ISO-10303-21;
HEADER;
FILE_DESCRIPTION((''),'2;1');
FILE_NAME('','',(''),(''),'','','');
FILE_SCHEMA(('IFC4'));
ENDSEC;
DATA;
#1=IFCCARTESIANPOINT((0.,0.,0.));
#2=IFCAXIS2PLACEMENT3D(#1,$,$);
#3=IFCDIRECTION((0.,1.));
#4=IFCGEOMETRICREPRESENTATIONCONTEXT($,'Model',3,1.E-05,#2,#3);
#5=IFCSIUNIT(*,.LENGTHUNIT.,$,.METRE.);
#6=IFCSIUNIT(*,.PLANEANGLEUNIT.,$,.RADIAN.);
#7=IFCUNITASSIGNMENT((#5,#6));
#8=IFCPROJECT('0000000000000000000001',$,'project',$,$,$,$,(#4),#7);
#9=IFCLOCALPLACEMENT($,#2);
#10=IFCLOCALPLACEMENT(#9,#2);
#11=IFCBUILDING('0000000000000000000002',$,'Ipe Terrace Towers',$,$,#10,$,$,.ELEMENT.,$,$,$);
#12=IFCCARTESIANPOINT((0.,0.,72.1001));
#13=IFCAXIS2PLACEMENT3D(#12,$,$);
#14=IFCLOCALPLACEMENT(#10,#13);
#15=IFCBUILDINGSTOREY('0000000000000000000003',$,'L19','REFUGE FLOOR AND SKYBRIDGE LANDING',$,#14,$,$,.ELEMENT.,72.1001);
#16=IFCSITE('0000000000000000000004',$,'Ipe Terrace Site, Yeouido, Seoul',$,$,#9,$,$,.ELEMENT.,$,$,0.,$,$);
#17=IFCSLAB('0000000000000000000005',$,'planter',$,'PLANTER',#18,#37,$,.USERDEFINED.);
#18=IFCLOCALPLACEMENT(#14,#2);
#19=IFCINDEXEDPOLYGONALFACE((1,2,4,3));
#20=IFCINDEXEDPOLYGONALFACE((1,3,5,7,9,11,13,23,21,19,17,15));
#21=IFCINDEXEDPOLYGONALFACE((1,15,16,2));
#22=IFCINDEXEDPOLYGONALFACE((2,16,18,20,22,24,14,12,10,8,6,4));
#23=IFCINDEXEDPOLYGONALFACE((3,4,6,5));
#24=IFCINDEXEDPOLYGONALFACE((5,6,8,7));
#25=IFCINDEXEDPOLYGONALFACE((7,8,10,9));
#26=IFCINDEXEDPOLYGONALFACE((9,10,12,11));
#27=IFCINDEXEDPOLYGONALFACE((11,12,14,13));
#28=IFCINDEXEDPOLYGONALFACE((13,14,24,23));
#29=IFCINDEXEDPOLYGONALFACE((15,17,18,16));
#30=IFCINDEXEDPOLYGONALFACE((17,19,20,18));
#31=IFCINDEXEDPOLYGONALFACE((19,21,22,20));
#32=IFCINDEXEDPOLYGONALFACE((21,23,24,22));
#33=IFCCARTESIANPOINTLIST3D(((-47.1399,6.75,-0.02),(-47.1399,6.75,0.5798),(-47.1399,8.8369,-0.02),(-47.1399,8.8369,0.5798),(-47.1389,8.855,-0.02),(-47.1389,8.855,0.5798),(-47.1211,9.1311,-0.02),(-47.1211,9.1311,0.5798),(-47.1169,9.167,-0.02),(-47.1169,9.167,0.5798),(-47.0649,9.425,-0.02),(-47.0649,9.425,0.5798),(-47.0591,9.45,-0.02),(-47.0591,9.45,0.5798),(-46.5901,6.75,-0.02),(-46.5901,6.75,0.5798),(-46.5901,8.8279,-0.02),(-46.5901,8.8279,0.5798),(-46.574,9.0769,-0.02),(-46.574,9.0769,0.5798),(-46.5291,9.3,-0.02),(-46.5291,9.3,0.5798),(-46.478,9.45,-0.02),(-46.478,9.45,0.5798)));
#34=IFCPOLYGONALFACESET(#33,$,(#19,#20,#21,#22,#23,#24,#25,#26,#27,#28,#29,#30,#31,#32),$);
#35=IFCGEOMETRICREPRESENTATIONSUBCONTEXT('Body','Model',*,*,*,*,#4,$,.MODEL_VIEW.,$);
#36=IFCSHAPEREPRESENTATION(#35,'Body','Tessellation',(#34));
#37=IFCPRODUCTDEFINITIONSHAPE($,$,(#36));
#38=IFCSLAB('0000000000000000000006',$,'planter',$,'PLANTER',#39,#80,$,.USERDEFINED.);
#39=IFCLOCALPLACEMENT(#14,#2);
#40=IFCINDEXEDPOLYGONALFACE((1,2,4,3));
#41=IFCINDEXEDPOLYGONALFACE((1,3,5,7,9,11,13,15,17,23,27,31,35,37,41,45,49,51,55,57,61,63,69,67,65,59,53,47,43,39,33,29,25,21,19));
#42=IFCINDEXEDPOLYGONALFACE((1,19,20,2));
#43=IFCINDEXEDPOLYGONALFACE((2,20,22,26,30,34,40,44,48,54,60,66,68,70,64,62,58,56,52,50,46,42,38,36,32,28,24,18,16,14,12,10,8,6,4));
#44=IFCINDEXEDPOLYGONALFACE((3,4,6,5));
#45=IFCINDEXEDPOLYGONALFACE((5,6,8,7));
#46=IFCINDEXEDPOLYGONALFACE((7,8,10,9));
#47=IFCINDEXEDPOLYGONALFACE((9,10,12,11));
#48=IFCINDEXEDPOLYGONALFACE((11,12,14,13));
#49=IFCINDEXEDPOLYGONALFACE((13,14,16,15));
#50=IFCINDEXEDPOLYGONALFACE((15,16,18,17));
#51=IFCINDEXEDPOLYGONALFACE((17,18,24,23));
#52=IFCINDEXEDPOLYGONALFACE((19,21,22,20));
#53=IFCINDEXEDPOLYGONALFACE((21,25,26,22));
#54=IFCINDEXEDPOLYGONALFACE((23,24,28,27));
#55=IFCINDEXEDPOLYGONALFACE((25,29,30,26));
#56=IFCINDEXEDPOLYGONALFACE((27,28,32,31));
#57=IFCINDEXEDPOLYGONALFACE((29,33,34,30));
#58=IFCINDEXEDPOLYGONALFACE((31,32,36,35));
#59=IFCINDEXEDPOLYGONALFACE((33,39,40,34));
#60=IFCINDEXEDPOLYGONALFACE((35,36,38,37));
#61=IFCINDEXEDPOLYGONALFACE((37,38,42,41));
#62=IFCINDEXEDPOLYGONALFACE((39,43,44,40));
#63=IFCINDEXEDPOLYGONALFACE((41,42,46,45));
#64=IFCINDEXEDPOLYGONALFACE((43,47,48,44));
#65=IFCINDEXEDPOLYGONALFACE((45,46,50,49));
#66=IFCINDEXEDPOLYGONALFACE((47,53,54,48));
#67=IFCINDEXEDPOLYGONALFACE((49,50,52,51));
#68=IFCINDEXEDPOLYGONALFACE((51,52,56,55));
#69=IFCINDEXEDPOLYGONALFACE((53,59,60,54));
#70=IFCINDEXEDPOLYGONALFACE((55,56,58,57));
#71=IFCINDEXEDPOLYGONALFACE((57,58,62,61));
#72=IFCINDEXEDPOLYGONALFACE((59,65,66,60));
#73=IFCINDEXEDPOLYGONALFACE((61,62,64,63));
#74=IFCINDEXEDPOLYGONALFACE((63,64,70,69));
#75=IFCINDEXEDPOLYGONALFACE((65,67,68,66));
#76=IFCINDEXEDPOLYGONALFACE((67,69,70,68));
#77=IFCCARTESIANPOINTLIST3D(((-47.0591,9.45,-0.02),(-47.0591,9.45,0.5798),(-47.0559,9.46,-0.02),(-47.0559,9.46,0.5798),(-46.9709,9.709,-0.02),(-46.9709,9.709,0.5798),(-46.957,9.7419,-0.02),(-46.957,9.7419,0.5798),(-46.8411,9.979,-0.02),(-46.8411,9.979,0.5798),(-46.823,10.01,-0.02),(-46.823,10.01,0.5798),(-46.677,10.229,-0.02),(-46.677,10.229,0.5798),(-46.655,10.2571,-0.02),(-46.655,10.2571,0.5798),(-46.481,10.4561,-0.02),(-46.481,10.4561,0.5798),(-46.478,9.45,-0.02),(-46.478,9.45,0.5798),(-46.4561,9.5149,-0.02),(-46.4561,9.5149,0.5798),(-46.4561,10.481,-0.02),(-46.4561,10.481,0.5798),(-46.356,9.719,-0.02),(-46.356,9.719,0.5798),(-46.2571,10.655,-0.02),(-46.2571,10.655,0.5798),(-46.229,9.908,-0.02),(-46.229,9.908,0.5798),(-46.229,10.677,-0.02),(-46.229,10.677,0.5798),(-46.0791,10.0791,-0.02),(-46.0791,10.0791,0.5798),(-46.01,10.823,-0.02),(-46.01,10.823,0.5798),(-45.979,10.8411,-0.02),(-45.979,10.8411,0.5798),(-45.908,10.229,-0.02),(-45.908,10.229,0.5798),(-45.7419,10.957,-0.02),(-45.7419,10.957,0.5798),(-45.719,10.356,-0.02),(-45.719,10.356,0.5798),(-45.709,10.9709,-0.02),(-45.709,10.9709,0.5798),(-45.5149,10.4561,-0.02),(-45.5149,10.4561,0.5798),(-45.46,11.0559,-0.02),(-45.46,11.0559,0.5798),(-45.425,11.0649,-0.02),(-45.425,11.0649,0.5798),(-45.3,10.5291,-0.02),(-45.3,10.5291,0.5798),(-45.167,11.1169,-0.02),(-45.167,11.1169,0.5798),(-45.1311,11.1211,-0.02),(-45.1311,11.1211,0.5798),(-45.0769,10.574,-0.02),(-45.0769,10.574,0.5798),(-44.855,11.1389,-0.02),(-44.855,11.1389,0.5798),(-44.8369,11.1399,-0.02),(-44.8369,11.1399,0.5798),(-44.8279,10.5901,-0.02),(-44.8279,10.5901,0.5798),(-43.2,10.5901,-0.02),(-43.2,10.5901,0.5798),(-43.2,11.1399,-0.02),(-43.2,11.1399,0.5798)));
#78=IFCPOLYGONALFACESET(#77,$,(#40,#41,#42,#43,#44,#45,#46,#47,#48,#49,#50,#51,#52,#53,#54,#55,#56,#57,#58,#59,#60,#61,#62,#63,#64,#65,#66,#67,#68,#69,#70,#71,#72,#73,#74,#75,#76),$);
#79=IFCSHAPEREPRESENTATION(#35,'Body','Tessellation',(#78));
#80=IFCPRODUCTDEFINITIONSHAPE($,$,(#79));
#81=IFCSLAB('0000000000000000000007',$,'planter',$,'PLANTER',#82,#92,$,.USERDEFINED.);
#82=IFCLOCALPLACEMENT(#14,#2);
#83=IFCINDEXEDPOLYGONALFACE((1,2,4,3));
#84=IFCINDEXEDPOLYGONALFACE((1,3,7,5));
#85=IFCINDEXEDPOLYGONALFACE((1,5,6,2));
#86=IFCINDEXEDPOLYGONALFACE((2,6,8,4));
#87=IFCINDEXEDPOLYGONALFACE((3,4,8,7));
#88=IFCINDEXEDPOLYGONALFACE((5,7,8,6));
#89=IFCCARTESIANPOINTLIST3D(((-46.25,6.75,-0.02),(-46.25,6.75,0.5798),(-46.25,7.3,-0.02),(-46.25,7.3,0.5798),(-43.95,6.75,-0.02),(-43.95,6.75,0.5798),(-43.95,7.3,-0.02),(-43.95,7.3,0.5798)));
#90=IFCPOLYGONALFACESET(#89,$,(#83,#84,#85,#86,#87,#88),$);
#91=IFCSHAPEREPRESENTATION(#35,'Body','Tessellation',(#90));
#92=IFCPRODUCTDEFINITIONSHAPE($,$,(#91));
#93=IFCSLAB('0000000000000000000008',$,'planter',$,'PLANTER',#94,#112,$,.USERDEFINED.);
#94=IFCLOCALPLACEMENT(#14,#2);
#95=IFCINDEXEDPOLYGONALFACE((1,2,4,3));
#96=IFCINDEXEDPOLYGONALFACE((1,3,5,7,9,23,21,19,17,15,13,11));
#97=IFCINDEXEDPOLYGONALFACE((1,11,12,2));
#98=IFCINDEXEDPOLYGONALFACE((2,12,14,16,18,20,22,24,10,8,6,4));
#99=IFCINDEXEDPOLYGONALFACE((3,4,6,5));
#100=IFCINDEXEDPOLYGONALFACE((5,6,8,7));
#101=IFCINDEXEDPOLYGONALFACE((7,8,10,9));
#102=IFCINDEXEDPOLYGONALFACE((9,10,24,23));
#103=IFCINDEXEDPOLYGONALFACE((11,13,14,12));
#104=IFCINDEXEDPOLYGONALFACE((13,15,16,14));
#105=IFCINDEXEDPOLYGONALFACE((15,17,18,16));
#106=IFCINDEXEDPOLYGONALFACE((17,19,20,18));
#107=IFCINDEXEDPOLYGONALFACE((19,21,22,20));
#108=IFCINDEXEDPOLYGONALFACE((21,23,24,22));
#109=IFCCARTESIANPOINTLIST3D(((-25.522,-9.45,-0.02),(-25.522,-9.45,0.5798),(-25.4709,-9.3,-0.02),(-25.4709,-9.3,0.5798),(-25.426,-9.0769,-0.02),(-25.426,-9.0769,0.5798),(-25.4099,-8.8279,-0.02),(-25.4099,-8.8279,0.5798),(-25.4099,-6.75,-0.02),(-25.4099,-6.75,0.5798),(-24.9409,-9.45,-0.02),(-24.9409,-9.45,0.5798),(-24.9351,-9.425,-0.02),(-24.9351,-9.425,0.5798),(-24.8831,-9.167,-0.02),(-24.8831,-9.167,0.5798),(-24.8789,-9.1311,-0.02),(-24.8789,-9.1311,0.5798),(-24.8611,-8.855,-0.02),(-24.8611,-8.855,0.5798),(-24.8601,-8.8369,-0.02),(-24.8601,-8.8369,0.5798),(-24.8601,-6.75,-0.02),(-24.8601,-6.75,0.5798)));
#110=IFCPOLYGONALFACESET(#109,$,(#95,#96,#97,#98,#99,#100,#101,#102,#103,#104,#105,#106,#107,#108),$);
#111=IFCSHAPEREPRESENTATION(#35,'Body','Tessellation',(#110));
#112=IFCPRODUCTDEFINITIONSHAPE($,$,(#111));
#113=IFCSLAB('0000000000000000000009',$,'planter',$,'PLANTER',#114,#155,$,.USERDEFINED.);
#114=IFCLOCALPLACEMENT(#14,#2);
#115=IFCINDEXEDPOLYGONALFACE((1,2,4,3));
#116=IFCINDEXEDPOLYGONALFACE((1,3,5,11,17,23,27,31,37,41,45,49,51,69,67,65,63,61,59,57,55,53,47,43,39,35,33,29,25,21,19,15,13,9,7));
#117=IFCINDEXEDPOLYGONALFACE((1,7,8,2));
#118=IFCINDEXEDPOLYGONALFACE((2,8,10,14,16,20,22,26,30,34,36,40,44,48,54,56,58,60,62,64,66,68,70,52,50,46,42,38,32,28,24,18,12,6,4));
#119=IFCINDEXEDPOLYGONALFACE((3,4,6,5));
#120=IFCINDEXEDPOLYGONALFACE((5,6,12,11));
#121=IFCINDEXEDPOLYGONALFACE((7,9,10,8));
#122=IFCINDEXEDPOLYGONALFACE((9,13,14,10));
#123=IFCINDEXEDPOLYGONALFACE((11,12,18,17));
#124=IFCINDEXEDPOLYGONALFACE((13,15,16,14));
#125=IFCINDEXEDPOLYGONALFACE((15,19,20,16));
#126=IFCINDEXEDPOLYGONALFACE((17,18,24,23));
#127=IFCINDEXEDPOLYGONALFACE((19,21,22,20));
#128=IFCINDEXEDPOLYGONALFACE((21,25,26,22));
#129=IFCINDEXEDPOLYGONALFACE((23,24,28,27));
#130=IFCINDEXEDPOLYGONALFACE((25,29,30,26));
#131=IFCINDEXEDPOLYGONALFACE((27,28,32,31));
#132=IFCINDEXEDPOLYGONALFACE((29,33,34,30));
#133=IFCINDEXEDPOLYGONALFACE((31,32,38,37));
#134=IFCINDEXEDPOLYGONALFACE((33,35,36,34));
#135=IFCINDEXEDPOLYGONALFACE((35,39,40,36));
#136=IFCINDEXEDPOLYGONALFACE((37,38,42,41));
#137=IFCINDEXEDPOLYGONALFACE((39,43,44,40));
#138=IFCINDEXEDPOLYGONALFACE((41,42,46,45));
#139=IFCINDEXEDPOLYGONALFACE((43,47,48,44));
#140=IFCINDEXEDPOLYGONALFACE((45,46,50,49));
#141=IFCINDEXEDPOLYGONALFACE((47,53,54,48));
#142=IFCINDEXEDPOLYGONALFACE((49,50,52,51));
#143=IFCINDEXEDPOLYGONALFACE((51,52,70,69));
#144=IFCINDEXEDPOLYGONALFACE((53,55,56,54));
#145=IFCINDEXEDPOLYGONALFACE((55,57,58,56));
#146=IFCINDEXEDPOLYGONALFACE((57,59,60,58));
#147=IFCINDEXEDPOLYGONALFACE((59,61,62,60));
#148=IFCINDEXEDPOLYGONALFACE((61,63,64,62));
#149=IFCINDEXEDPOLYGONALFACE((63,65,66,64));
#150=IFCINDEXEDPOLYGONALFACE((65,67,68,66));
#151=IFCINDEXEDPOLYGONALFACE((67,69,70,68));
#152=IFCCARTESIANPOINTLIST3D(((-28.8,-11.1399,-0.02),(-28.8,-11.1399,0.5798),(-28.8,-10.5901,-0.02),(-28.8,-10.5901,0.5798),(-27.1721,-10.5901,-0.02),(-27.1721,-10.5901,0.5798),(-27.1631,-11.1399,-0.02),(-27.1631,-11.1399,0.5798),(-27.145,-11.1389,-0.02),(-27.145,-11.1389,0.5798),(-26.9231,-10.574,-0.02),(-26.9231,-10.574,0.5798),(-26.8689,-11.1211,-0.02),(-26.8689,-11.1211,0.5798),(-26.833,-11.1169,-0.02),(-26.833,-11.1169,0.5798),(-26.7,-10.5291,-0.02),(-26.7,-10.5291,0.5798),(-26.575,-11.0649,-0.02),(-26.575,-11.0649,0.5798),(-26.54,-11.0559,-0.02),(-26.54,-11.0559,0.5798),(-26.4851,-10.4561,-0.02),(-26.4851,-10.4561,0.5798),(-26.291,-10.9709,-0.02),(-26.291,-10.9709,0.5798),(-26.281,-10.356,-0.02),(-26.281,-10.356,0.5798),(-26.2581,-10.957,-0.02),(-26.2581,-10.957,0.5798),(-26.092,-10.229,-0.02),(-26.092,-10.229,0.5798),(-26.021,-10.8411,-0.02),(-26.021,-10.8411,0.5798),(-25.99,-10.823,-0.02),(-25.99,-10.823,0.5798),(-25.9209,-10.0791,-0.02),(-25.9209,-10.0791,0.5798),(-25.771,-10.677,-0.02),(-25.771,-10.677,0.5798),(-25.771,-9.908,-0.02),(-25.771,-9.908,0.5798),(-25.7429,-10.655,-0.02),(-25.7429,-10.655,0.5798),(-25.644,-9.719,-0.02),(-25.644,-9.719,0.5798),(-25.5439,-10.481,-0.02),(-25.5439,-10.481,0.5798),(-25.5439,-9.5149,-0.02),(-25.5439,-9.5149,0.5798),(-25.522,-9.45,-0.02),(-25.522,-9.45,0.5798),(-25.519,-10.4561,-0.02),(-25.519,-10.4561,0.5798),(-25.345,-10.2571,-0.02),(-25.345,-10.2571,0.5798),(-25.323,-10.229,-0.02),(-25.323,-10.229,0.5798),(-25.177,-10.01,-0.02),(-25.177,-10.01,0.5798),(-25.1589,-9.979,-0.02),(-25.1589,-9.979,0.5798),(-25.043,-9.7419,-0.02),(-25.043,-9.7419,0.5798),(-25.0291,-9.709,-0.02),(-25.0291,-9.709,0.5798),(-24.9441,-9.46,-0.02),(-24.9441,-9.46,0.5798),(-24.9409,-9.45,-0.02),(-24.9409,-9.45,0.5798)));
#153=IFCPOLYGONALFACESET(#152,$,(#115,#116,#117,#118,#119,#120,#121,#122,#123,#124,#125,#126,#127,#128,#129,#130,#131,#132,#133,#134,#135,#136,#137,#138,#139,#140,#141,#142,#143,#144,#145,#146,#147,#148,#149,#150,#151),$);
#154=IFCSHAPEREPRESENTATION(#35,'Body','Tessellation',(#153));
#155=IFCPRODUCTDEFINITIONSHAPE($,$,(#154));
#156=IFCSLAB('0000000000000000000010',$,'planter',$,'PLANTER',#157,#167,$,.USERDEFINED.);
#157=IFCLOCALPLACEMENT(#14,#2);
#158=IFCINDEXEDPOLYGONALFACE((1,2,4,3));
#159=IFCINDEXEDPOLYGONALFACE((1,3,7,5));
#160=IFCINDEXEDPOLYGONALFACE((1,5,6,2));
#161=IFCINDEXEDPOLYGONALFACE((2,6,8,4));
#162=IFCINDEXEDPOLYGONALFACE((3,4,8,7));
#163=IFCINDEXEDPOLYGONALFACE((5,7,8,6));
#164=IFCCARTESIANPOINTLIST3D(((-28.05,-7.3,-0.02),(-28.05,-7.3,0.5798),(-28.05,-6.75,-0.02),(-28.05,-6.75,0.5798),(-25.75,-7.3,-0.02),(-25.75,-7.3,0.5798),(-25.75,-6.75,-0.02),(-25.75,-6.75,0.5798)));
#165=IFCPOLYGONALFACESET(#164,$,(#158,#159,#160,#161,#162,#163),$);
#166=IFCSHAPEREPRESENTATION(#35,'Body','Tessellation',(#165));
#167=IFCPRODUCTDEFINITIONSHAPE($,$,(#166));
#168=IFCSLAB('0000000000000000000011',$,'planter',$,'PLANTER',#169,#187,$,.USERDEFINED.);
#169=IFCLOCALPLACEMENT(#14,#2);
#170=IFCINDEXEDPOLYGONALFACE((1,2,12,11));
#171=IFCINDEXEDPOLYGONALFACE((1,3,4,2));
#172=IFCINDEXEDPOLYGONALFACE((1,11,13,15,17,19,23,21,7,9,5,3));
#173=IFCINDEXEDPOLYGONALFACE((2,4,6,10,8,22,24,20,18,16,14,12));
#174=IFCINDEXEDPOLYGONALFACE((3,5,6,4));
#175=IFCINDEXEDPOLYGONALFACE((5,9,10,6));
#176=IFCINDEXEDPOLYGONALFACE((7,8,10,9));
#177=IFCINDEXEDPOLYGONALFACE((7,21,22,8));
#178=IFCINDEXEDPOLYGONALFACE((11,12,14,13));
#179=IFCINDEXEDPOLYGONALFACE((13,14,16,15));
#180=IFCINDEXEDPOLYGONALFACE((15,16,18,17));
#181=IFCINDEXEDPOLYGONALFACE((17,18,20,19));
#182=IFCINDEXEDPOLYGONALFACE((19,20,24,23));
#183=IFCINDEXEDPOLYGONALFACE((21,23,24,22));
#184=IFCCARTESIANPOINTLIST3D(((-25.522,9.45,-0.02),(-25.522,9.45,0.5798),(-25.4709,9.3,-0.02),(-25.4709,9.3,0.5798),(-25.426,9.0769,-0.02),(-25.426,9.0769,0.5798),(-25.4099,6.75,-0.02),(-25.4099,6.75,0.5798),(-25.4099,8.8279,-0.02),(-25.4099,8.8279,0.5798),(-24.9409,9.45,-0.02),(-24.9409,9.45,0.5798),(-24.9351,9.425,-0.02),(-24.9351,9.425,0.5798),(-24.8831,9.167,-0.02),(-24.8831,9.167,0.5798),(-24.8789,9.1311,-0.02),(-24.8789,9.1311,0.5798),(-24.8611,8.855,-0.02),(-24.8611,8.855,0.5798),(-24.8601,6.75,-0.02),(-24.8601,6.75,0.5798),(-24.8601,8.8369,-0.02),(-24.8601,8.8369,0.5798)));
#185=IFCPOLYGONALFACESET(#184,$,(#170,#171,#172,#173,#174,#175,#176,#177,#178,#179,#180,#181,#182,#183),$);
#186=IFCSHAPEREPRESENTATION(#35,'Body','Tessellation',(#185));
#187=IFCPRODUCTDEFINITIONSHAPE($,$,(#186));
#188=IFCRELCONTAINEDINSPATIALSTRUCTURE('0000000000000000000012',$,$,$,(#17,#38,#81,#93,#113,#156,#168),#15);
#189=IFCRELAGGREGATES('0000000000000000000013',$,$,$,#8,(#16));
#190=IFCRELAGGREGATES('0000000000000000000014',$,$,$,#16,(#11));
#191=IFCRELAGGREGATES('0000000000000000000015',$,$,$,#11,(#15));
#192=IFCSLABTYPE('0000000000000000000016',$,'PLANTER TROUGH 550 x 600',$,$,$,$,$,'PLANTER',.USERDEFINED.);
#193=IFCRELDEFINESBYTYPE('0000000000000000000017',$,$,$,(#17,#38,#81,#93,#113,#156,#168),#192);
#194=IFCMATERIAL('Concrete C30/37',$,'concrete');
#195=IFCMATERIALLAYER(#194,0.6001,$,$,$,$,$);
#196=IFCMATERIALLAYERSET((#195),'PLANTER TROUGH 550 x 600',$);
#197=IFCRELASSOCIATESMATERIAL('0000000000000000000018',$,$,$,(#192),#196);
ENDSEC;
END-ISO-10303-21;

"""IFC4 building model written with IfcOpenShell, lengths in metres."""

from ifc_helpers import new_model, si_unit, direction, frame, origin, place, context, subcontext, project, spatial, polyline, outline, extrude, material, layer, layer_set, type_object, element, save


model = new_model("IFC4")

# Units and contexts
model_context = context("Model", 3, precision=1e-05, world=origin(), true_north=direction((0.0, 1.0)))
body_context = subcontext(model_context, "Body", "Model", "MODEL_VIEW")
ifc_project = project(units=[si_unit("LENGTHUNIT", "METRE"), si_unit("PLANEANGLEUNIT", "RADIAN")], contexts=[model_context])

# Site, building, storey
site_placement = place(None, origin())
site = spatial("IfcSite", under=ifc_project, at=site_placement, Name="Ipe Terrace Site, Yeouido, Seoul", CompositionType="ELEMENT", RefElevation=0.0)
building_placement = place(site_placement, origin())
building = spatial("IfcBuilding", under=site, at=building_placement, Name="Ipe Terrace Towers", CompositionType="ELEMENT")
storey_placement = place(building_placement, frame((0.0, 0.0, 72.1001)))
storey = spatial("IfcBuildingStorey", under=building, at=storey_placement, Name="L19", Description="REFUGE FLOOR AND SKYBRIDGE LANDING", CompositionType="ELEMENT", Elevation=72.1001)

# Slabs
ifc_material_1 = material(Name="Concrete C30/37", Category="concrete")
ifc_layer_1 = layer(ifc_material_1, 0.6001)
ifc_layer_set_1 = layer_set([ifc_layer_1], Name="PLANTER TROUGH 550 x 600")
slab_type_1 = type_object("IfcSlabType", Name="PLANTER TROUGH 550 x 600", ElementType="PLANTER", PredefinedType="USERDEFINED", material=ifc_layer_set_1)
slab_1_placement = place(storey_placement, frame((0.0, 0.0, -0.02)))
element("IfcSlab", 1, at=slab_1_placement, inside=storey, type_object=slab_type_1, Name="planter", ObjectType="PLANTER", PredefinedType="USERDEFINED", context=body_context, shape_type="SweptSolid", body=[
    extrude(outline(polyline([(-46.5291, 9.3), (-46.478, 9.45), (-47.0591, 9.45), (-47.0649, 9.425), (-47.1169, 9.167), (-47.1211, 9.1311), (-47.1389, 8.855), (-47.1399, 8.8369), (-47.1399, 6.75), (-46.5901, 6.75), (-46.5901, 8.8279), (-46.574, 9.0769), (-46.5291, 9.3)])), origin(), (0.0, 0.0, 1.0), 0.5999),
])
slab_2_placement = place(storey_placement, frame((0.0, 0.0, -0.02)))
element("IfcSlab", 2, at=slab_2_placement, inside=storey, type_object=slab_type_1, Name="planter", ObjectType="PLANTER", PredefinedType="USERDEFINED", context=body_context, shape_type="SweptSolid", body=[
    extrude(outline(polyline([(-46.4561, 9.5149), (-46.356, 9.719), (-46.229, 9.908), (-46.0791, 10.0791), (-45.908, 10.229), (-45.719, 10.356), (-45.5149, 10.4561), (-45.3, 10.5291), (-45.0769, 10.574), (-44.8279, 10.5901), (-43.2, 10.5901), (-43.2, 11.1399), (-44.8369, 11.1399), (-44.855, 11.1389), (-45.1311, 11.1211), (-45.167, 11.1169), (-45.425, 11.0649), (-45.46, 11.0559), (-45.709, 10.9709), (-45.7419, 10.957), (-45.979, 10.8411), (-46.01, 10.823), (-46.229, 10.677), (-46.2571, 10.655), (-46.4561, 10.481), (-46.481, 10.4561), (-46.655, 10.2571), (-46.677, 10.229), (-46.823, 10.01), (-46.8411, 9.979), (-46.957, 9.7419), (-46.9709, 9.709), (-47.0559, 9.46), (-47.0591, 9.45), (-46.478, 9.45), (-46.4561, 9.5149)])), origin(), (0.0, 0.0, 1.0), 0.5999),
])
slab_3_placement = place(storey_placement, frame((0.0, 0.0, -0.02)))
element("IfcSlab", 3, at=slab_3_placement, inside=storey, type_object=slab_type_1, Name="planter", ObjectType="PLANTER", PredefinedType="USERDEFINED", context=body_context, shape_type="SweptSolid", body=[
    extrude(outline(polyline([(-43.95, 6.75), (-43.95, 7.3), (-46.25, 7.3), (-46.25, 6.75), (-43.95, 6.75)])), origin(), (0.0, 0.0, 1.0), 0.5999),
])
slab_4_placement = place(storey_placement, frame((0.0, 0.0, -0.02)))
element("IfcSlab", 4, at=slab_4_placement, inside=storey, type_object=slab_type_1, Name="planter", ObjectType="PLANTER", PredefinedType="USERDEFINED", context=body_context, shape_type="SweptSolid", body=[
    extrude(outline(polyline([(-25.4709, -9.3), (-25.522, -9.45), (-24.9409, -9.45), (-24.9351, -9.425), (-24.8831, -9.167), (-24.8789, -9.1311), (-24.8611, -8.855), (-24.8601, -8.8369), (-24.8601, -6.75), (-25.4099, -6.75), (-25.4099, -8.8279), (-25.426, -9.0769), (-25.4709, -9.3)])), origin(), (0.0, 0.0, 1.0), 0.5999),
])
slab_5_placement = place(storey_placement, frame((0.0, 0.0, -0.02)))
element("IfcSlab", 5, at=slab_5_placement, inside=storey, type_object=slab_type_1, Name="planter", ObjectType="PLANTER", PredefinedType="USERDEFINED", context=body_context, shape_type="SweptSolid", body=[
    extrude(outline(polyline([(-25.5439, -9.5149), (-25.644, -9.719), (-25.771, -9.908), (-25.9209, -10.0791), (-26.092, -10.229), (-26.281, -10.356), (-26.4851, -10.4561), (-26.7, -10.5291), (-26.9231, -10.574), (-27.1721, -10.5901), (-28.8, -10.5901), (-28.8, -11.1399), (-27.1631, -11.1399), (-27.145, -11.1389), (-26.8689, -11.1211), (-26.833, -11.1169), (-26.575, -11.0649), (-26.54, -11.0559), (-26.291, -10.9709), (-26.2581, -10.957), (-26.021, -10.8411), (-25.99, -10.823), (-25.771, -10.677), (-25.7429, -10.655), (-25.5439, -10.481), (-25.519, -10.4561), (-25.345, -10.2571), (-25.323, -10.229), (-25.177, -10.01), (-25.1589, -9.979), (-25.043, -9.7419), (-25.0291, -9.709), (-24.9441, -9.46), (-24.9409, -9.45), (-25.522, -9.45), (-25.5439, -9.5149)])), origin(), (0.0, 0.0, 1.0), 0.5999),
])
slab_6_placement = place(storey_placement, frame((0.0, 0.0, -0.02)))
element("IfcSlab", 6, at=slab_6_placement, inside=storey, type_object=slab_type_1, Name="planter", ObjectType="PLANTER", PredefinedType="USERDEFINED", context=body_context, shape_type="SweptSolid", body=[
    extrude(outline(polyline([(-28.05, -6.75), (-28.05, -7.3), (-25.75, -7.3), (-25.75, -6.75), (-28.05, -6.75)])), origin(), (0.0, 0.0, 1.0), 0.5999),
])
slab_7_placement = place(storey_placement, frame((0.0, 0.0, -0.02)))
element("IfcSlab", 7, at=slab_7_placement, inside=storey, type_object=slab_type_1, Name="planter", ObjectType="PLANTER", PredefinedType="USERDEFINED", context=body_context, shape_type="SweptSolid", body=[
    extrude(outline(polyline([(-25.4709, 9.3), (-25.426, 9.0769), (-25.4099, 8.8279), (-25.4099, 6.75), (-24.8601, 6.75), (-24.8601, 8.8369), (-24.8611, 8.855), (-24.8789, 9.1311), (-24.8831, 9.167), (-24.9351, 9.425), (-24.9409, 9.45), (-25.522, 9.45), (-25.4709, 9.3)])), origin(), (0.0, 0.0, 1.0), 0.5999),
])

save(model, "model.ifc")
